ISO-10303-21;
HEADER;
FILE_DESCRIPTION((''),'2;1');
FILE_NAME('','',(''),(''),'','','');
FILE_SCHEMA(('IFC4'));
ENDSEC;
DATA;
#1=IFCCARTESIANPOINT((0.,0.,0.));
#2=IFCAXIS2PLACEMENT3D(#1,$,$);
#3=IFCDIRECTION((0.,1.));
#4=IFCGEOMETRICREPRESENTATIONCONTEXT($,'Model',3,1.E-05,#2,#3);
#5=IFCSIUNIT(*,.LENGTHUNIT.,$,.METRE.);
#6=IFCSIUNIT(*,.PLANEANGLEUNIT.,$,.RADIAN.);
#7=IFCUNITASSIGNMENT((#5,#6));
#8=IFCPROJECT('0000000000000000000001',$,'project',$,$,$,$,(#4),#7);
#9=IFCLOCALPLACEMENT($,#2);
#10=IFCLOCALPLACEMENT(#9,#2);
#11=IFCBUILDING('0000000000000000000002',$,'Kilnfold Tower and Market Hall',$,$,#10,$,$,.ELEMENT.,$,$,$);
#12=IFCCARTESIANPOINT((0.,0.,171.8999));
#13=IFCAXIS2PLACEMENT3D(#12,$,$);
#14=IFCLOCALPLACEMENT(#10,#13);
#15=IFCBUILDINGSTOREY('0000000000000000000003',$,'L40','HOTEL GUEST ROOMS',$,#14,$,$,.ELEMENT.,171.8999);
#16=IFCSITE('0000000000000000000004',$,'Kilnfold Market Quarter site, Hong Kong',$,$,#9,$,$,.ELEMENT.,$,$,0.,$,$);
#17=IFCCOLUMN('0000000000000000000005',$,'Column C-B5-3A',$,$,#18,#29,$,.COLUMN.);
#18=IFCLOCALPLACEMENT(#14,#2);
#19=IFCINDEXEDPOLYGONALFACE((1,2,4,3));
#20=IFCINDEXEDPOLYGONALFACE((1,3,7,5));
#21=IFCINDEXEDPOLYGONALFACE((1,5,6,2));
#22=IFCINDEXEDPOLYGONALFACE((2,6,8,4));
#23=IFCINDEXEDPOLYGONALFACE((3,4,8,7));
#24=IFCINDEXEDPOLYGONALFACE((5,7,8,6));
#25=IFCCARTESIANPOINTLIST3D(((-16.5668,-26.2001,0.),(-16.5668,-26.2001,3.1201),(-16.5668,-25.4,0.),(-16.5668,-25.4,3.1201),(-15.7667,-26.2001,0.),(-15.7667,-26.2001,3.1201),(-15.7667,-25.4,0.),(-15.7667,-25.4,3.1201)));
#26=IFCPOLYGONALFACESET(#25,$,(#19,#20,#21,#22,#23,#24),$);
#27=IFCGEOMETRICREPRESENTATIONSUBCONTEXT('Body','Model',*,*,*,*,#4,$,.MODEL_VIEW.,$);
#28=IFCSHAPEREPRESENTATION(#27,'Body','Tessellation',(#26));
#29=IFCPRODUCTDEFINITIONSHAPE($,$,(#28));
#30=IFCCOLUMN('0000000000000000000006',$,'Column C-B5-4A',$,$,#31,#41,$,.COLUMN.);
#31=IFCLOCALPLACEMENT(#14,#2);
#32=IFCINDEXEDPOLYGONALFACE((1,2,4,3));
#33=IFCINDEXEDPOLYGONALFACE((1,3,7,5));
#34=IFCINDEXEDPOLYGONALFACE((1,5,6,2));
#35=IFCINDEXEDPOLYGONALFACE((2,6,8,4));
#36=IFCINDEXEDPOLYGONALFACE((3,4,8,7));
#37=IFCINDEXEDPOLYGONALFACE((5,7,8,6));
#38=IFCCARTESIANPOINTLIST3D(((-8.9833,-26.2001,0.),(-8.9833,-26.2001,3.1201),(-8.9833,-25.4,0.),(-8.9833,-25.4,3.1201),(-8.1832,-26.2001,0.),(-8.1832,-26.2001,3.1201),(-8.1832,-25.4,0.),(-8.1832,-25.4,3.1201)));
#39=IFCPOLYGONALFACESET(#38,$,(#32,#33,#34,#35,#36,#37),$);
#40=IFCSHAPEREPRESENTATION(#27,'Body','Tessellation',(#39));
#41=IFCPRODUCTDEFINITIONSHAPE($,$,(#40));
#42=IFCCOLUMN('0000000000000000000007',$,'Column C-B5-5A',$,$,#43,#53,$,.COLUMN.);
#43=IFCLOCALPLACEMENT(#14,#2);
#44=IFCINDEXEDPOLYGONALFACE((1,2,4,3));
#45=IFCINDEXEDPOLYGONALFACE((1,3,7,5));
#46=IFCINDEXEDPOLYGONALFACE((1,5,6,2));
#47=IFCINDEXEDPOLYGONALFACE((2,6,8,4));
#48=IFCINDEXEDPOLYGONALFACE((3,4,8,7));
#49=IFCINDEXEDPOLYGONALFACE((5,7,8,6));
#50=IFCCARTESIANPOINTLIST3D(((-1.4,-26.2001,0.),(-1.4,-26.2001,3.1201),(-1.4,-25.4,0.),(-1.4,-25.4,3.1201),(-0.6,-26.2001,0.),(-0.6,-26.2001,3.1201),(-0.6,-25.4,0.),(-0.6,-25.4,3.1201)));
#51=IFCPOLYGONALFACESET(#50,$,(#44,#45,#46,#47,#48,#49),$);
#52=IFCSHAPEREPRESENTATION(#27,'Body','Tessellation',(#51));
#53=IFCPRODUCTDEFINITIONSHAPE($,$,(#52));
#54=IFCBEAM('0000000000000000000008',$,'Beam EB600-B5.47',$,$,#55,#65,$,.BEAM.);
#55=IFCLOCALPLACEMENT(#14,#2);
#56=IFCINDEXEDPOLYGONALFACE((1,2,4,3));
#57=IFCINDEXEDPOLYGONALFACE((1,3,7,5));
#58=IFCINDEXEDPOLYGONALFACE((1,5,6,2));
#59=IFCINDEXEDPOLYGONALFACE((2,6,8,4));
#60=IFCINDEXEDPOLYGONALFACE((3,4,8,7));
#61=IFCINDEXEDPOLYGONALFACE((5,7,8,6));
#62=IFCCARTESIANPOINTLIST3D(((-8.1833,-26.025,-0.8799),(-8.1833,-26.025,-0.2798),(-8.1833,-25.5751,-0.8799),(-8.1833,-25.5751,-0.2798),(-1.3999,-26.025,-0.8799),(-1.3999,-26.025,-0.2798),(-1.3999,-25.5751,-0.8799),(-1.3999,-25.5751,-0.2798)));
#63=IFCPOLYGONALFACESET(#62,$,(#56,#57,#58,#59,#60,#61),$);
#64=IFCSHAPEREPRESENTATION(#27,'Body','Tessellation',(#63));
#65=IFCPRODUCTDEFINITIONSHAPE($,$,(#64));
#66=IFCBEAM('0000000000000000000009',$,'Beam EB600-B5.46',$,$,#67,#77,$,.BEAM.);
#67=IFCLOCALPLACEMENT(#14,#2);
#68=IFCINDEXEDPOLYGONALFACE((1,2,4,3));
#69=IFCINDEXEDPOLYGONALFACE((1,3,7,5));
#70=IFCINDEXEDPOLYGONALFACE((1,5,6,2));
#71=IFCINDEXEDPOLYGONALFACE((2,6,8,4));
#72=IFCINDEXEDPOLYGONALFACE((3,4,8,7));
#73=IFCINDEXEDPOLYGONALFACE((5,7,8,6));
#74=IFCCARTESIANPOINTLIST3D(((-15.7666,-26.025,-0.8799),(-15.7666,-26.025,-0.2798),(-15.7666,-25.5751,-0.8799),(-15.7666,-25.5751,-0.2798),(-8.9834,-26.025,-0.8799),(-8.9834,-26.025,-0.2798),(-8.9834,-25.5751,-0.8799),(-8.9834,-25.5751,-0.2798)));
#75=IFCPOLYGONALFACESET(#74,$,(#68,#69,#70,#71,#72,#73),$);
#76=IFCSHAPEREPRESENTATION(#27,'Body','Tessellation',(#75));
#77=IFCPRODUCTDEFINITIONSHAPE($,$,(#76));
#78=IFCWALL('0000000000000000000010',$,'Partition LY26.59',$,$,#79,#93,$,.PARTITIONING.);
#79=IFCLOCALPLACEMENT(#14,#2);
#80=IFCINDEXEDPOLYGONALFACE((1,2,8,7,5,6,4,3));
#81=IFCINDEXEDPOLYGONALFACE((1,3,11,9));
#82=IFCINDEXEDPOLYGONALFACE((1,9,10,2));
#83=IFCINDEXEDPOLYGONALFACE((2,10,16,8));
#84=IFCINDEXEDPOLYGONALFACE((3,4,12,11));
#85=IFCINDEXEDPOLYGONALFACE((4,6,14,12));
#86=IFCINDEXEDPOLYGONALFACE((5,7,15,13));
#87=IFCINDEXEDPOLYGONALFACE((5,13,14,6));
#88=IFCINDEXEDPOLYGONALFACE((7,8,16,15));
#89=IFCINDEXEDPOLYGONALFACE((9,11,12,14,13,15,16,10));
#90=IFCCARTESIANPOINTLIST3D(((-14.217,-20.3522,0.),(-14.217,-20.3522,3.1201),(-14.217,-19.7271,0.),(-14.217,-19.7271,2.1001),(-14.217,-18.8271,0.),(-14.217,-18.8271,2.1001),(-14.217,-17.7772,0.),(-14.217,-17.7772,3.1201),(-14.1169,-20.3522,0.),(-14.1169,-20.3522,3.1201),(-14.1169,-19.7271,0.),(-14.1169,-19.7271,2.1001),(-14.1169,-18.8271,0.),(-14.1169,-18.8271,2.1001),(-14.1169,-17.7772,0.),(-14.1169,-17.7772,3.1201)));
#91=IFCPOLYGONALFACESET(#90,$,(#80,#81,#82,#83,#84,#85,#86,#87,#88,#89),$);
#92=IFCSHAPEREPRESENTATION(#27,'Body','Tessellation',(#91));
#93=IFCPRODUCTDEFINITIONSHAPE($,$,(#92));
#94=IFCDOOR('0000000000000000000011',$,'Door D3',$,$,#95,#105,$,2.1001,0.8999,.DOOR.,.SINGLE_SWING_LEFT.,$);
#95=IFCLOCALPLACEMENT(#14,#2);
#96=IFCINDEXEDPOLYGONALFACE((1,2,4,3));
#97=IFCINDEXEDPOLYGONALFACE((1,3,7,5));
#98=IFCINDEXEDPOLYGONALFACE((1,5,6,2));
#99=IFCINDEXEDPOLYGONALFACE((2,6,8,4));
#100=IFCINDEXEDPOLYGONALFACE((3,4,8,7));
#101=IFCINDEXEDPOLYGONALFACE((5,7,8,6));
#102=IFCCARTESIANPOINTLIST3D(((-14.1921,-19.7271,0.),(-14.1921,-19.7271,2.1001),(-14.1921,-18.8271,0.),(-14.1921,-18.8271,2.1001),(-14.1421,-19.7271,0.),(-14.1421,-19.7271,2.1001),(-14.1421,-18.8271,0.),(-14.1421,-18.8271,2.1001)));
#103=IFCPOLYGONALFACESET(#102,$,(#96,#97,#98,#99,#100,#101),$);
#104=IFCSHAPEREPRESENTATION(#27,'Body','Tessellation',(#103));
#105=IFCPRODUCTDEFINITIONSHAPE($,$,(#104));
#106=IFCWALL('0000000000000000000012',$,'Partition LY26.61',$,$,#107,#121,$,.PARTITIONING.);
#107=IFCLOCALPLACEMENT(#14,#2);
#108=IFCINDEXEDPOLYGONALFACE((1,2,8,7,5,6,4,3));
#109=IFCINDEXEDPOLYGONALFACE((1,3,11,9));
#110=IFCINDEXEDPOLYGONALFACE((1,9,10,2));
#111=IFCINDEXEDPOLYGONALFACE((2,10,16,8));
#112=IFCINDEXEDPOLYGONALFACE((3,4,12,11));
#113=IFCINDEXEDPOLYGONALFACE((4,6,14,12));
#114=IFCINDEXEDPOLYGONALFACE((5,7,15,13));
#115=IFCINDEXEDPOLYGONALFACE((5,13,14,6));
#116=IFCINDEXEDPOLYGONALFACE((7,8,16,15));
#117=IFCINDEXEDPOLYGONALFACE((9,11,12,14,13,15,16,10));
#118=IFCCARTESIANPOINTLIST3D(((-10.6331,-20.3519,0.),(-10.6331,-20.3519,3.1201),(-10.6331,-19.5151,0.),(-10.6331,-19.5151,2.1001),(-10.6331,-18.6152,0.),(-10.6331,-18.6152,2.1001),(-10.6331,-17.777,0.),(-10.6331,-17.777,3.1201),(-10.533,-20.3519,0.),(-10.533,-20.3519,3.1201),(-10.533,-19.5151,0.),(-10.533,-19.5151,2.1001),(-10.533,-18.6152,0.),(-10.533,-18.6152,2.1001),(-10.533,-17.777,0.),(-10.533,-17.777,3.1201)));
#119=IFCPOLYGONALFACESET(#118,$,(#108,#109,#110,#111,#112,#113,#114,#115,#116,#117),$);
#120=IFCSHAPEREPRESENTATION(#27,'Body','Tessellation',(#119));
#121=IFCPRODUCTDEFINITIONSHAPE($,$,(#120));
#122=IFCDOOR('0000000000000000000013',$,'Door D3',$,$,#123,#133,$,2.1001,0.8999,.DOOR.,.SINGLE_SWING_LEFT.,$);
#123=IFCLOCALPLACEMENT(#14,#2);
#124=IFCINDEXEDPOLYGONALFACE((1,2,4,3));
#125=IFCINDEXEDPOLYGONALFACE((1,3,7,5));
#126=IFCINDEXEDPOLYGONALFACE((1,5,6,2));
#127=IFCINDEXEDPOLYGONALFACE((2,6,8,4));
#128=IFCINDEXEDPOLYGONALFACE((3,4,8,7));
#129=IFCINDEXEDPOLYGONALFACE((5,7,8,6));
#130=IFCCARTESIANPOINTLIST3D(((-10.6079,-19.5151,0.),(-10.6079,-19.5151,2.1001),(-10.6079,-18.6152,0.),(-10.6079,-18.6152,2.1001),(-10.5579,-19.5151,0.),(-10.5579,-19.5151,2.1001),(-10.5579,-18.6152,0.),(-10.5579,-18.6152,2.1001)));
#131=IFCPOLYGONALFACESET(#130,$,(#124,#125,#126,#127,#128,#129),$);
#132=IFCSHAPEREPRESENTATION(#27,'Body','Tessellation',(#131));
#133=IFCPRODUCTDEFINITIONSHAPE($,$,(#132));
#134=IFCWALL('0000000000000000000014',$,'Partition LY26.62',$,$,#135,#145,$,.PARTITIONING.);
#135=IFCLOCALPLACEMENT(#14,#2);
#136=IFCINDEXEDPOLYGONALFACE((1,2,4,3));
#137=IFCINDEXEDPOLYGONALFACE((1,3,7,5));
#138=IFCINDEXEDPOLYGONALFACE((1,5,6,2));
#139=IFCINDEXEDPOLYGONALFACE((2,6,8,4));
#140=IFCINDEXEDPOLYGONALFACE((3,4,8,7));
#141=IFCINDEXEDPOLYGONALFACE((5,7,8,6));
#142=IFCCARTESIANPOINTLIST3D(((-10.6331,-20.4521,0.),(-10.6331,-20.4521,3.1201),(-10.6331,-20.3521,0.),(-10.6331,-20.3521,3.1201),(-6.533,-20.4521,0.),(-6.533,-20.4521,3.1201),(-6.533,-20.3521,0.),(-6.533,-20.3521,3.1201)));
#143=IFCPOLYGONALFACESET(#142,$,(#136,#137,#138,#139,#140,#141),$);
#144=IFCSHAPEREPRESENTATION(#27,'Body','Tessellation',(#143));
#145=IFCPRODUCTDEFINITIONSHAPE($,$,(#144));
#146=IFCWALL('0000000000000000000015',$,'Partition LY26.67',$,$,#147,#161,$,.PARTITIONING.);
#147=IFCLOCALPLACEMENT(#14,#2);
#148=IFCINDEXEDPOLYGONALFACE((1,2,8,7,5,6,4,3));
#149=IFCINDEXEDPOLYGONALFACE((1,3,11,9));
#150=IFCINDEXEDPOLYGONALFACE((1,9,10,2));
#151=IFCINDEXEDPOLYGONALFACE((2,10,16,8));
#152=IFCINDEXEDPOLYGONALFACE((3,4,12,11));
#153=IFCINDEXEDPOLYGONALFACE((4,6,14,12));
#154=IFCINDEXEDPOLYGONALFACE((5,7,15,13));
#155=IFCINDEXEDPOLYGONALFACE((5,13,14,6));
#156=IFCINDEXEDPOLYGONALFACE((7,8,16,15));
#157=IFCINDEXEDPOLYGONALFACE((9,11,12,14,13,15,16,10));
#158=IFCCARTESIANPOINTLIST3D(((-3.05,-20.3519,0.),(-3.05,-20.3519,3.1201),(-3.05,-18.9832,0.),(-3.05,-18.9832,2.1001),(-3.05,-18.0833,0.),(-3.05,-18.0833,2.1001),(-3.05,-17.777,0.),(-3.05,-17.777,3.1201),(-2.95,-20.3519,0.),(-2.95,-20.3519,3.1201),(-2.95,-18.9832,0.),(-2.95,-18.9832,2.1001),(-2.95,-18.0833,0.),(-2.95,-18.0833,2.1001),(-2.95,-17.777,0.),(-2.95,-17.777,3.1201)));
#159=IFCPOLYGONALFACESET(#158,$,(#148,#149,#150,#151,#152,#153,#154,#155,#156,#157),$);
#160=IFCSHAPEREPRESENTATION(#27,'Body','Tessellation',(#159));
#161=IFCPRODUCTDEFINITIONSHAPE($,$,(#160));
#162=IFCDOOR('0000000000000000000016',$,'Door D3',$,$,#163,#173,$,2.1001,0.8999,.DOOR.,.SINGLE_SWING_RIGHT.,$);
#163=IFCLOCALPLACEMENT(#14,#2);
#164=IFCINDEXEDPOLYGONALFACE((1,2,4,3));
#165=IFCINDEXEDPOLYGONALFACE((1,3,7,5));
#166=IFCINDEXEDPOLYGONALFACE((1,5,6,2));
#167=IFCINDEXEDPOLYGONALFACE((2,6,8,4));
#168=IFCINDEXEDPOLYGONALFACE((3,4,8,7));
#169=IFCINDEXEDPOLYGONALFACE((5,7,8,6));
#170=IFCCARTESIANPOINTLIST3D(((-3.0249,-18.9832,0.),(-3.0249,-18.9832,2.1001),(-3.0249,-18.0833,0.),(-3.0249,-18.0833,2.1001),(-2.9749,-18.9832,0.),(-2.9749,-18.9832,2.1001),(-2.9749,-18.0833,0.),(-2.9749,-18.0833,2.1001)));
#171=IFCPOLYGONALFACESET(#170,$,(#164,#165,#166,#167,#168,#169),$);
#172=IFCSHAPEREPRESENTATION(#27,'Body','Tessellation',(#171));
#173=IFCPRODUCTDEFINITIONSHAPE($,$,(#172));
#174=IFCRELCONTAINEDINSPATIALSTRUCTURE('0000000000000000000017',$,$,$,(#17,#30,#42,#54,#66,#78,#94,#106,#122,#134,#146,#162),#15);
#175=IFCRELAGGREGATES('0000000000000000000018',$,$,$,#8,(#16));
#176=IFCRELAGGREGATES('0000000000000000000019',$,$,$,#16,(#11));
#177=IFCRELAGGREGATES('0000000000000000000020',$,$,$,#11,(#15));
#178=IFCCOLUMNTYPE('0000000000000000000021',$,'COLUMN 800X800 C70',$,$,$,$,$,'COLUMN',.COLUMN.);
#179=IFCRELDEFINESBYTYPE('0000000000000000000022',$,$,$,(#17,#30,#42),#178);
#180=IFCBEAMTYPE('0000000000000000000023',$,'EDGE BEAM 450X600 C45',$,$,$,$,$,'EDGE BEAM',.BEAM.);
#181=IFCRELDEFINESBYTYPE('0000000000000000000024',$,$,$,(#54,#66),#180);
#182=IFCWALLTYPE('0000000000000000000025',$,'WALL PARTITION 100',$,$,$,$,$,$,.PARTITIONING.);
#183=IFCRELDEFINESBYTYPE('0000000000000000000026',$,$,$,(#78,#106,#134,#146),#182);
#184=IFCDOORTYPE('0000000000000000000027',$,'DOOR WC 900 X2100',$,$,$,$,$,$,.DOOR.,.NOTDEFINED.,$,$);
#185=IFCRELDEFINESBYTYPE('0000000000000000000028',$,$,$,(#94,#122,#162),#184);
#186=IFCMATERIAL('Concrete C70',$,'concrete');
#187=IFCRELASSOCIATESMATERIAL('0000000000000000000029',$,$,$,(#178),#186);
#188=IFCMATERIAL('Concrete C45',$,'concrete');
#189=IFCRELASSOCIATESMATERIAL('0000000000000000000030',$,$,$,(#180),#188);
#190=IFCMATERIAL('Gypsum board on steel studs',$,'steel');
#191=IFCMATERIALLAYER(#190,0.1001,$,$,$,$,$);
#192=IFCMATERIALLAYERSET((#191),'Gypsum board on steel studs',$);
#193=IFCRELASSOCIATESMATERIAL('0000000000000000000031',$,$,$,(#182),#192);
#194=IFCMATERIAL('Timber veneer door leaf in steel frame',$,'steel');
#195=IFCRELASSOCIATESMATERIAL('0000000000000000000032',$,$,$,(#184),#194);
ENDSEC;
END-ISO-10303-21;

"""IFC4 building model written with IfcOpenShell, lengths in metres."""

from ifc_helpers import new_model, si_unit, direction, frame, frame_2d, origin, origin_2d, place, context, subcontext, project, spatial, rectangle, extrude, source, transform, mapped, material, layer, layer_set, material_profile, profile_set, type_object, element, fill, save


model = new_model("IFC4")

# Units and contexts
model_context = context("Model", 3, precision=1e-05, world=origin(), true_north=direction((0.0, 1.0)))
body_context = subcontext(model_context, "Body", "Model", "MODEL_VIEW")
ifc_project = project(units=[si_unit("LENGTHUNIT", "METRE"), si_unit("PLANEANGLEUNIT", "RADIAN")], contexts=[model_context])

# Site, building, storey
site_placement = place(None, origin())
site = spatial("IfcSite", under=ifc_project, at=site_placement, Name="Kilnfold Market Quarter site, Hong Kong", CompositionType="ELEMENT", RefElevation=0.0)
building_placement = place(site_placement, origin())
building = spatial("IfcBuilding", under=site, at=building_placement, Name="Kilnfold Tower and Market Hall", CompositionType="ELEMENT")
storey_placement = place(building_placement, frame((0.0, 0.0, 171.8999)))
storey = spatial("IfcBuildingStorey", under=building, at=storey_placement, Name="L40", Description="HOTEL GUEST ROOMS", CompositionType="ELEMENT", Elevation=171.8999)

# Columns
ifc_material_1 = material(Name="Concrete C70", Category="concrete")
ifc_material_profile_1 = material_profile(ifc_material_1, rectangle(XDim=0.8, YDim=0.8, at=origin_2d()), Name="RC 800x800")
ifc_profile_set_1 = profile_set([ifc_material_profile_1], Name="Concrete C70")
column_type = type_object("IfcColumnType", Name="COLUMN 800X800 C70", ElementType="COLUMN", PredefinedType="COLUMN", material=ifc_profile_set_1)
shared_shape_1 = source(origin(), body_context, "Body", "SweptSolid", [
    extrude(rectangle(XDim=0.8, YDim=0.8, at=origin_2d()), origin(), (0.0, 0.0, 1.0), 3.1201),
])
for number, where, z_axis, x_axis, name in (
    (1, (-16.1667, -25.8, 0.0), (0.0, 0.0, 1.0), (1.0, 0.0, 0.0), "Column C-B5-3A"),
    (2, (-8.5833, -25.8, 0.0), (0.0, 0.0, 1.0), (1.0, 0.0, 0.0), "Column C-B5-4A"),
    (3, (-1.0, -25.8, 0.0), (0.0, 0.0, 1.0), (1.0, 0.0, 0.0), "Column C-B5-5A"),
):
    element("IfcColumn", number, at=place(storey_placement, frame(where, z_axis=z_axis, x_axis=x_axis)), inside=storey, type_object=column_type, Name=name, PredefinedType="COLUMN", context=body_context, shape_type="MappedRepresentation", body=[
        mapped(shared_shape_1, transform((0.0, 0.0, 0.0))),
    ])

# Beams
ifc_material_2 = material(Name="Concrete C45", Category="concrete")
ifc_material_profile_2 = material_profile(ifc_material_2, rectangle(XDim=0.45, YDim=0.6001, at=origin_2d()), Name="RC 450x600")
ifc_profile_set_2 = profile_set([ifc_material_profile_2], Name="Concrete C45")
beam_type = type_object("IfcBeamType", Name="EDGE BEAM 450X600 C45", ElementType="EDGE BEAM", PredefinedType="BEAM", material=ifc_profile_set_2)
shared_shape_2 = source(origin(), body_context, "Body", "SweptSolid", [
    extrude(rectangle(XDim=0.45, YDim=0.6001, at=origin_2d()), origin(), (0.0, 0.0, 1.0), 6.7834),
])
beam_1_placement = place(storey_placement, frame((-8.1833, -25.8, -0.5798), z_axis=(1.0, 0.0, 0.0), x_axis=(0.0, 1.0, 0.0)))
element("IfcBeam", 4, at=beam_1_placement, inside=storey, type_object=beam_type, Name="Beam EB600-B5.47", PredefinedType="BEAM", context=body_context, shape_type="MappedRepresentation", body=[
    mapped(shared_shape_2, transform((0.0, 0.0, 0.0))),
])
shared_shape_3 = source(origin(), body_context, "Body", "SweptSolid", [
    extrude(rectangle(XDim=0.45, YDim=0.6001, at=origin_2d()), origin(), (0.0, 0.0, 1.0), 6.7832),
])
beam_2_placement = place(storey_placement, frame((-15.7666, -25.8, -0.5798), z_axis=(1.0, 0.0, 0.0), x_axis=(0.0, 1.0, 0.0)))
element("IfcBeam", 5, at=beam_2_placement, inside=storey, type_object=beam_type, Name="Beam EB600-B5.46", PredefinedType="BEAM", context=body_context, shape_type="MappedRepresentation", body=[
    mapped(shared_shape_3, transform((0.0, 0.0, 0.0))),
])

# Walls, openings, doors
ifc_material_3 = material(Name="Gypsum board on steel studs", Category="steel")
ifc_layer_1 = layer(ifc_material_3, 0.1001)
ifc_layer_set_1 = layer_set([ifc_layer_1], Name="Gypsum board on steel studs")
wall_type_1 = type_object("IfcWallType", Name="WALL PARTITION 100", PredefinedType="PARTITIONING", material=ifc_layer_set_1)
wall_1_placement = place(storey_placement, frame((-14.167, -17.7771, 0.0), z_axis=(0.0, 0.0, 1.0), x_axis=(0.0, -1.0, 0.0)))
wall_1 = element("IfcWall", 6, at=wall_1_placement, inside=storey, type_object=wall_type_1, Name="Partition LY26.59", PredefinedType="PARTITIONING", context=body_context, shape_type="SweptSolid", body=[
    extrude(rectangle(XDim=2.575, YDim=0.1001, at=frame_2d((1.2876, 0.0))), origin(), (0.0, 0.0, 1.0), 3.1201),
])
opening_1_placement = place(wall_1_placement, frame((1.05, 0.0, 0.0)))
opening_1 = element("IfcOpeningElement", 7, at=opening_1_placement, cuts=wall_1, PredefinedType="OPENING", context=body_context, shape_type="SweptSolid", body=[
    extrude(rectangle(XDim=0.8999, YDim=2.1001, at=frame_2d((0.45, 1.05))), frame((0.0, 0.0601, 0.0), z_axis=(0.0, -1.0, 0.0), x_axis=(1.0, 0.0, 0.0)), (0.0, 0.0, 1.0), 0.1201),
])
ifc_material_4 = material(Name="Timber veneer door leaf in steel frame", Category="steel")
door_type = type_object("IfcDoorType", Name="DOOR WC 900 X2100", OperationType="NOTDEFINED", PredefinedType="DOOR", material=ifc_material_4)
door_1_placement = place(opening_1_placement, origin())
door_1 = element("IfcDoor", 8, at=door_1_placement, inside=storey, type_object=door_type, Name="Door D3", OperationType="SINGLE_SWING_LEFT", OverallHeight=2.1001, OverallWidth=0.8999, PredefinedType="DOOR", context=body_context, shape_type="SweptSolid", body=[
    extrude(rectangle(XDim=0.8999, YDim=2.1001, at=frame_2d((0.45, 1.05))), frame((0.0, 0.0249, 0.0), z_axis=(0.0, -1.0, 0.0), x_axis=(1.0, 0.0, 0.0)), (0.0, 0.0, 1.0), 0.05),
])
fill(opening_1, door_1)
wall_2_placement = place(storey_placement, frame((-10.583, -20.3521, 0.0), z_axis=(0.0, 0.0, 1.0), x_axis=(0.0, 1.0, 0.0)))
wall_2 = element("IfcWall", 9, at=wall_2_placement, inside=storey, type_object=wall_type_1, Name="Partition LY26.61", PredefinedType="PARTITIONING", context=body_context, shape_type="SweptSolid", body=[
    extrude(rectangle(XDim=2.575, YDim=0.1001, at=frame_2d((1.2876, 0.0))), origin(), (0.0, 0.0, 1.0), 3.1201),
])
opening_2_placement = place(wall_2_placement, frame((0.8369, 0.0, 0.0)))
opening_2 = element("IfcOpeningElement", 10, at=opening_2_placement, cuts=wall_2, PredefinedType="OPENING", context=body_context, shape_type="SweptSolid", body=[
    extrude(rectangle(XDim=0.8999, YDim=2.1001, at=frame_2d((0.45, 1.05))), frame((0.0, 0.0601, 0.0), z_axis=(0.0, -1.0, 0.0), x_axis=(1.0, 0.0, 0.0)), (0.0, 0.0, 1.0), 0.1201),
])
door_2_placement = place(opening_2_placement, origin())
door_2 = element("IfcDoor", 11, at=door_2_placement, inside=storey, type_object=door_type, Name="Door D3", OperationType="SINGLE_SWING_LEFT", OverallHeight=2.1001, OverallWidth=0.8999, PredefinedType="DOOR", context=body_context, shape_type="SweptSolid", body=[
    extrude(rectangle(XDim=0.8999, YDim=2.1001, at=frame_2d((0.45, 1.05))), frame((0.0, 0.0249, 0.0), z_axis=(0.0, -1.0, 0.0), x_axis=(1.0, 0.0, 0.0)), (0.0, 0.0, 1.0), 0.05),
])
fill(opening_2, door_2)

# Wall
wall_3_placement = place(storey_placement, frame((-10.6331, -20.4021, 0.0), z_axis=(0.0, 0.0, 1.0), x_axis=(1.0, 0.0, 0.0)))
element("IfcWall", 12, at=wall_3_placement, inside=storey, type_object=wall_type_1, Name="Partition LY26.62", PredefinedType="PARTITIONING", context=body_context, shape_type="SweptSolid", body=[
    extrude(rectangle(XDim=4.1001, YDim=0.1001, at=frame_2d((2.05, 0.0))), origin(), (0.0, 0.0, 1.0), 3.1201),
])

# Wall, opening, door
wall_4_placement = place(storey_placement, frame((-3.0, -20.3521, 0.0), z_axis=(0.0, 0.0, 1.0), x_axis=(0.0, 1.0, 0.0)))
wall_4 = element("IfcWall", 13, at=wall_4_placement, inside=storey, type_object=wall_type_1, Name="Partition LY26.67", PredefinedType="PARTITIONING", context=body_context, shape_type="SweptSolid", body=[
    extrude(rectangle(XDim=2.575, YDim=0.1001, at=frame_2d((1.2876, 0.0))), origin(), (0.0, 0.0, 1.0), 3.1201),
])
opening_3_placement = place(wall_4_placement, frame((1.3689, 0.0, 0.0)))
opening_3 = element("IfcOpeningElement", 14, at=opening_3_placement, cuts=wall_4, PredefinedType="OPENING", context=body_context, shape_type="SweptSolid", body=[
    extrude(rectangle(XDim=0.8999, YDim=2.1001, at=frame_2d((0.45, 1.05))), frame((0.0, 0.0601, 0.0), z_axis=(0.0, -1.0, 0.0), x_axis=(1.0, 0.0, 0.0)), (0.0, 0.0, 1.0), 0.1201),
])
door_3_placement = place(opening_3_placement, origin())
door_3 = element("IfcDoor", 15, at=door_3_placement, inside=storey, type_object=door_type, Name="Door D3", OperationType="SINGLE_SWING_RIGHT", OverallHeight=2.1001, OverallWidth=0.8999, PredefinedType="DOOR", context=body_context, shape_type="SweptSolid", body=[
    extrude(rectangle(XDim=0.8999, YDim=2.1001, at=frame_2d((0.45, 1.05))), frame((0.0, 0.0249, 0.0), z_axis=(0.0, -1.0, 0.0), x_axis=(1.0, 0.0, 0.0)), (0.0, 0.0, 1.0), 0.05),
])
fill(opening_3, door_3)

save(model, "model.ifc")
